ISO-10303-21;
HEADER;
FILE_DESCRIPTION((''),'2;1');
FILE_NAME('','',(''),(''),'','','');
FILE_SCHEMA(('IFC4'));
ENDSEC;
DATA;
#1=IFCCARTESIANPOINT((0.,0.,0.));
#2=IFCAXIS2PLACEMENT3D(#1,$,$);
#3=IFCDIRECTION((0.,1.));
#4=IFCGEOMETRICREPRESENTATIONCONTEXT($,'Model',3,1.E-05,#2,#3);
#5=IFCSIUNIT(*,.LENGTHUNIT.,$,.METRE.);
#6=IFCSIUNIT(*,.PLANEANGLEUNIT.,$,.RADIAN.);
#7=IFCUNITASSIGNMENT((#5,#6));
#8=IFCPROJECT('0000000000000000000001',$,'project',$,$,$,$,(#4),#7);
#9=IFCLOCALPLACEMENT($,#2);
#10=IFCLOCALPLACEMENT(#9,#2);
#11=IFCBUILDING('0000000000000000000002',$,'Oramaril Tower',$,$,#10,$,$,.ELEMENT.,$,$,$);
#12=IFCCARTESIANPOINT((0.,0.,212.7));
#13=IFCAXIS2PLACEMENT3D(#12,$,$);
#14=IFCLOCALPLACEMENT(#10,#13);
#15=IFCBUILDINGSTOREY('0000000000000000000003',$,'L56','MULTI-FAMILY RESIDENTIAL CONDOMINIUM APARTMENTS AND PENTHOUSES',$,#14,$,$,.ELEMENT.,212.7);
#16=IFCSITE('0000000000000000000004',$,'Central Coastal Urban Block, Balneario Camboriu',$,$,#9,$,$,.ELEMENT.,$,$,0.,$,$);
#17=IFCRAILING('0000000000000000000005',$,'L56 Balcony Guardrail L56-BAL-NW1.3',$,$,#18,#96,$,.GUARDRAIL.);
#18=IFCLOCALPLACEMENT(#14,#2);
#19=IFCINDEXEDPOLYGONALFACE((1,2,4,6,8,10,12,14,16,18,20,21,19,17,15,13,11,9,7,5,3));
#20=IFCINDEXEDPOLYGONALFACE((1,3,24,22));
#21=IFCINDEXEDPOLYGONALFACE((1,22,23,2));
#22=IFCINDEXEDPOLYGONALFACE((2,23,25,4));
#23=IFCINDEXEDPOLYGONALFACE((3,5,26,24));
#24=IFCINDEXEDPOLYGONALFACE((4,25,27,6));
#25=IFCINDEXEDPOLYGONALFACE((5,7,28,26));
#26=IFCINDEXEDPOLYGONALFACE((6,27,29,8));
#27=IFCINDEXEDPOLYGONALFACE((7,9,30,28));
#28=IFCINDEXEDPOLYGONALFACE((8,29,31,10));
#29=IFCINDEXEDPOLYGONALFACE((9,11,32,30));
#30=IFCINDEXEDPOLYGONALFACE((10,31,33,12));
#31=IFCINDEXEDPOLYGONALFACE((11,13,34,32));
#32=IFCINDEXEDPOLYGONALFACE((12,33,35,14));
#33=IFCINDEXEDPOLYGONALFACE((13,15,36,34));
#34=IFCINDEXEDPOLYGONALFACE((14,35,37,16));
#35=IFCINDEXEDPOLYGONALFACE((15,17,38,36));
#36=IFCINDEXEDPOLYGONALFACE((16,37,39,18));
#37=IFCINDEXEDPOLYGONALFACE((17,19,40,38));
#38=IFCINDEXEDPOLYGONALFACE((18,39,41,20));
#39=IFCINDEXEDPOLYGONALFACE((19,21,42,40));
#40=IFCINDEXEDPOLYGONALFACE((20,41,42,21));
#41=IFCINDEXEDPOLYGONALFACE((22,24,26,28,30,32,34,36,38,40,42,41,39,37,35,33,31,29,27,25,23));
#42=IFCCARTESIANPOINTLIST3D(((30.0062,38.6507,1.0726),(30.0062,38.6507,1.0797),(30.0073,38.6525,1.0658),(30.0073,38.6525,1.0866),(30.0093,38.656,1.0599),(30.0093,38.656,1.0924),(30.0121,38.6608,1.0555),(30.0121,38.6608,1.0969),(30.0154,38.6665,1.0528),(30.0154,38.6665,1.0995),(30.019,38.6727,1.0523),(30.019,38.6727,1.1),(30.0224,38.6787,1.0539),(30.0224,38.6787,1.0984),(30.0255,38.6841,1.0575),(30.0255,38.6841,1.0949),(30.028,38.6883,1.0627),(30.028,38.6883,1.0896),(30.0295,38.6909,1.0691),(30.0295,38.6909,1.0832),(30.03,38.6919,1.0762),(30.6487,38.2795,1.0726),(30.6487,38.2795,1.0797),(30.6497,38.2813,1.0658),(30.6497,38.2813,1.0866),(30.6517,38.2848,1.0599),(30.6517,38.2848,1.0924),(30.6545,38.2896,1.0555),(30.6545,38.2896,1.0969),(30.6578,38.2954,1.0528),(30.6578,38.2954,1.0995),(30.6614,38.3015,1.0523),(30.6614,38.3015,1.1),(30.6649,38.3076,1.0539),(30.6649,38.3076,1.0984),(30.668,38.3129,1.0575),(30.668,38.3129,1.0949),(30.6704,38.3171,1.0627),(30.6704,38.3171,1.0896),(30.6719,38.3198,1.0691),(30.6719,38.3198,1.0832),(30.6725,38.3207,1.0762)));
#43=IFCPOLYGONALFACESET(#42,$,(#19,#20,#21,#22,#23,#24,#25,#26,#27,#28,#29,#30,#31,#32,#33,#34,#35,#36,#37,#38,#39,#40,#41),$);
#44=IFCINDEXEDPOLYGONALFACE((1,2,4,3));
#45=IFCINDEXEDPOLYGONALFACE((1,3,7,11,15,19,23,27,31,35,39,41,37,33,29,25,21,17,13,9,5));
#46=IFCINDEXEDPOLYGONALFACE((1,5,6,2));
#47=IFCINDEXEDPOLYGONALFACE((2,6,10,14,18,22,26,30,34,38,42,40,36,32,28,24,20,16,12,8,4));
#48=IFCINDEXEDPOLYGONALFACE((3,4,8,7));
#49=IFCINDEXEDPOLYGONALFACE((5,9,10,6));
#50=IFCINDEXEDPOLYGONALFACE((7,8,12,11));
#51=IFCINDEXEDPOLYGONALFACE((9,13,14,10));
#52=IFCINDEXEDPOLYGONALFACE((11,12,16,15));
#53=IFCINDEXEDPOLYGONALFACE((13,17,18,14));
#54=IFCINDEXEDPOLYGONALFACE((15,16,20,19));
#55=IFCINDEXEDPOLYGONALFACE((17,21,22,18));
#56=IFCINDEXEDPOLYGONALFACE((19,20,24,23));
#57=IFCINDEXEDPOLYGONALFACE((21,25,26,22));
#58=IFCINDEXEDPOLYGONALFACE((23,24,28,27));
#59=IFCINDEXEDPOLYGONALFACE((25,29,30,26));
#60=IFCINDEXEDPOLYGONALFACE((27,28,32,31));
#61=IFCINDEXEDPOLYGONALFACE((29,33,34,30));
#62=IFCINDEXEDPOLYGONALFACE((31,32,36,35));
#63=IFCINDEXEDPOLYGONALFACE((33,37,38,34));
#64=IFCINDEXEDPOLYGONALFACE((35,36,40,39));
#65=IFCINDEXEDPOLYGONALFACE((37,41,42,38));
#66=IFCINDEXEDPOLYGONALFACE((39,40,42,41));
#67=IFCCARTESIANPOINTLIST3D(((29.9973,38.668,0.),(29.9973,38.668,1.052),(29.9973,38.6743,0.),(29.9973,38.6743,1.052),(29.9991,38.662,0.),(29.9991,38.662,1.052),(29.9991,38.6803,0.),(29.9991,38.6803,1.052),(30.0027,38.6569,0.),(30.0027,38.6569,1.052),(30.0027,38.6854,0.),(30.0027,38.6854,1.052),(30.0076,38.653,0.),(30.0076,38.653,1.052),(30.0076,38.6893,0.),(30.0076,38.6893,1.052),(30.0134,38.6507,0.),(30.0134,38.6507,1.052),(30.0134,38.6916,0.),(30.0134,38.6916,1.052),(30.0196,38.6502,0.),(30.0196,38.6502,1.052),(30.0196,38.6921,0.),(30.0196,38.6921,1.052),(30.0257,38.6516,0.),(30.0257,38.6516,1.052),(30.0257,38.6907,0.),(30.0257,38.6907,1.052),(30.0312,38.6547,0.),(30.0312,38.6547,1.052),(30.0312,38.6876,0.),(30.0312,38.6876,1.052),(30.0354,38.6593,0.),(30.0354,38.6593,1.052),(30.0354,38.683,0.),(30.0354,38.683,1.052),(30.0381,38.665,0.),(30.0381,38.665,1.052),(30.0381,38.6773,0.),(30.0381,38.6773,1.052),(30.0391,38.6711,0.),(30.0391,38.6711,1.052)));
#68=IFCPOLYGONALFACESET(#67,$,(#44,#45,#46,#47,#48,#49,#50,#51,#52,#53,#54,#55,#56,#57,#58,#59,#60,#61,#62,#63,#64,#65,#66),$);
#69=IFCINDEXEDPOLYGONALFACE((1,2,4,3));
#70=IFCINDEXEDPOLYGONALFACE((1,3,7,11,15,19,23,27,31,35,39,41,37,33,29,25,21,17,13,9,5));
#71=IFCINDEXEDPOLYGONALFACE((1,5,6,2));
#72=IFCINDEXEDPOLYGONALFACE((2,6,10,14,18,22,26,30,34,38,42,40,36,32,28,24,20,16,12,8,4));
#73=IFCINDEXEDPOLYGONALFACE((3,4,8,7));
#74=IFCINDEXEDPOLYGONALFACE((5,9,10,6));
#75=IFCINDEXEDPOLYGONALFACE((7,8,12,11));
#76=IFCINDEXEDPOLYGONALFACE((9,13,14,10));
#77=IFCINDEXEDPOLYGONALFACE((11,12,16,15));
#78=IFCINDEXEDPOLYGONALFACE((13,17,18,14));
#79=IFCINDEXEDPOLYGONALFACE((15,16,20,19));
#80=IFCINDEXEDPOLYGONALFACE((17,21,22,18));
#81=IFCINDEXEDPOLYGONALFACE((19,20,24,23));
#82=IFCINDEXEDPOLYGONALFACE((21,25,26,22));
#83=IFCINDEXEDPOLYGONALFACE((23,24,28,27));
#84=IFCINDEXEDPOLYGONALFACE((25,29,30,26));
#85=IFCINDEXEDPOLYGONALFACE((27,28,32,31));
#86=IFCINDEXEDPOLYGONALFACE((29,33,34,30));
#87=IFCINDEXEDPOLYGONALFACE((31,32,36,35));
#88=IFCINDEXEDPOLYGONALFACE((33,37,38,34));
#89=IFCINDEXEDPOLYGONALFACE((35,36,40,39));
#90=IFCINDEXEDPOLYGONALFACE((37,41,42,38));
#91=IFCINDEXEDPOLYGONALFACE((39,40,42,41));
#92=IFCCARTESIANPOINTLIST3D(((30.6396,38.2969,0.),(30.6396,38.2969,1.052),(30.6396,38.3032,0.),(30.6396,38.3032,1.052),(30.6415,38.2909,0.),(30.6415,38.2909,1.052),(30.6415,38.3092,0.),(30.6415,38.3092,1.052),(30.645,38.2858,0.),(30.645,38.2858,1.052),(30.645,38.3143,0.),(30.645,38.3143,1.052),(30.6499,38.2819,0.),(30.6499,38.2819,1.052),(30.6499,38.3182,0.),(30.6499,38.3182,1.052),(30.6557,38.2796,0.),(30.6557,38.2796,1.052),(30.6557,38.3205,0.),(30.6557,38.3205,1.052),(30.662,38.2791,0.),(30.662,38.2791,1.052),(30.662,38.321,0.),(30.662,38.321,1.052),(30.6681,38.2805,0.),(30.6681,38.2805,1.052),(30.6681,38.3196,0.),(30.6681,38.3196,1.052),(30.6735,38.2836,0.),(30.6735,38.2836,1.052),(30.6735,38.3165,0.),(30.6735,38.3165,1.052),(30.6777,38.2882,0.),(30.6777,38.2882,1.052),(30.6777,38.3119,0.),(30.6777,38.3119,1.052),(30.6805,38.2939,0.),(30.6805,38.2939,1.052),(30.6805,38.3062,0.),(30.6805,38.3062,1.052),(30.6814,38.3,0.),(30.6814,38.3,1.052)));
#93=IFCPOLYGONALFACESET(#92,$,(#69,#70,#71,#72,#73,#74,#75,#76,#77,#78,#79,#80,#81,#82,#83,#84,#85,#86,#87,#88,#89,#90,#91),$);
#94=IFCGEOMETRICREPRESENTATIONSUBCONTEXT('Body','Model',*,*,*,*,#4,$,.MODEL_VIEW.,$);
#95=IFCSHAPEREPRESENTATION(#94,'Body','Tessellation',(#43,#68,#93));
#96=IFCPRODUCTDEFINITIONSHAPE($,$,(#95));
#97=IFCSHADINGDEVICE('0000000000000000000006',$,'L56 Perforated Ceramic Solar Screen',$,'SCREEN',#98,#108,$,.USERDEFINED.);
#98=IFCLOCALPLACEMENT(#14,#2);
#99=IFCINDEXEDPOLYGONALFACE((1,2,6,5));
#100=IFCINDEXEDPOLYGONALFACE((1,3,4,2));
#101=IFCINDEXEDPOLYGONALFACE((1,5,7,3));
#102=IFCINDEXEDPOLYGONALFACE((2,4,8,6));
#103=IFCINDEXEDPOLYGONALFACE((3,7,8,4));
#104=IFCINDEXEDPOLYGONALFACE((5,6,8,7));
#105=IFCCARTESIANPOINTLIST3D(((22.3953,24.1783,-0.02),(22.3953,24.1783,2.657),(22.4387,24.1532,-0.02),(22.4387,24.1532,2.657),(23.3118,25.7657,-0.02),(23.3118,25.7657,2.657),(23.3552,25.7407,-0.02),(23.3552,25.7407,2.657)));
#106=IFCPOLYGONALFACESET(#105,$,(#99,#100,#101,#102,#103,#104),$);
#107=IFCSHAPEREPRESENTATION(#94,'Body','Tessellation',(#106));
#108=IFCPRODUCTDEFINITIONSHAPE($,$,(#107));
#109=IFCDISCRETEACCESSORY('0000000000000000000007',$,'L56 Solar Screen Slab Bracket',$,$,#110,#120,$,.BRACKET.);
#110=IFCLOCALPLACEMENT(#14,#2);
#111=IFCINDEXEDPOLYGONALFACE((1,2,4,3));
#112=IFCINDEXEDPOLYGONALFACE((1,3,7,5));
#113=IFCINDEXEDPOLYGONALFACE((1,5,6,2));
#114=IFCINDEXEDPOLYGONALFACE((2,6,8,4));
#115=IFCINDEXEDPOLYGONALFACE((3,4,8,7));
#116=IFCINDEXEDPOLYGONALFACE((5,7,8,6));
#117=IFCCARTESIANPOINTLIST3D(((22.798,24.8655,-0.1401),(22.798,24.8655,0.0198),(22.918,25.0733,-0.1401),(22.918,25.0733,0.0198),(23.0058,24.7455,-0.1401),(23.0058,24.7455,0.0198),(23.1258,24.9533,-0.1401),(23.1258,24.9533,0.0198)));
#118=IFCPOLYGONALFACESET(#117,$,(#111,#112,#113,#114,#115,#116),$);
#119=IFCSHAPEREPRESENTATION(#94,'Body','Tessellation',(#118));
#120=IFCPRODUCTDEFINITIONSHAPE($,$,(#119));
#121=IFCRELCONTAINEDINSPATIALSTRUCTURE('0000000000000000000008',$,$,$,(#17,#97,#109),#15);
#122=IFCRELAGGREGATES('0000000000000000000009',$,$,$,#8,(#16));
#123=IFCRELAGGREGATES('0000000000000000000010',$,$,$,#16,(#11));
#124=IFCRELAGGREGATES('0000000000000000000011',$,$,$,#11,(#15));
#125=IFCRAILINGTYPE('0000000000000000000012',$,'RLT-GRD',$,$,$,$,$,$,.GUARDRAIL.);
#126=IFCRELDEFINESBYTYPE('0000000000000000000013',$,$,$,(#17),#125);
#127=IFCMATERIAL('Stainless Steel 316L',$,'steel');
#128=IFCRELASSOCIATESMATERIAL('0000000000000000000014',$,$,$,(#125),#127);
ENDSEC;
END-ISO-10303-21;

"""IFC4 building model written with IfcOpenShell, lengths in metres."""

from ifc_helpers import new_model, si_unit, direction, frame, origin, origin_2d, place, context, subcontext, project, spatial, rectangle, circle, extrude, material, type_object, element, save


model = new_model("IFC4")

# Units and contexts
model_context = context("Model", 3, precision=1e-05, world=origin(), true_north=direction((0.0, 1.0)))
body_context = subcontext(model_context, "Body", "Model", "MODEL_VIEW")
ifc_project = project(units=[si_unit("LENGTHUNIT", "METRE"), si_unit("PLANEANGLEUNIT", "RADIAN")], contexts=[model_context])

# Site, building, storey
site_placement = place(None, origin())
site = spatial("IfcSite", under=ifc_project, at=site_placement, Name="Central Coastal Urban Block, Balneario Camboriu", CompositionType="ELEMENT", RefElevation=0.0)
building_placement = place(site_placement, origin())
building = spatial("IfcBuilding", under=site, at=building_placement, Name="Oramaril Tower", CompositionType="ELEMENT")
storey_placement = place(building_placement, frame((0.0, 0.0, 212.7)))
storey = spatial("IfcBuildingStorey", under=building, at=storey_placement, Name="L56", Description="MULTI-FAMILY RESIDENTIAL CONDOMINIUM APARTMENTS AND PENTHOUSES", CompositionType="ELEMENT", Elevation=212.7)

# Railing
ifc_material_1 = material(Name="Stainless Steel 316L", Category="steel")
railing_type = type_object("IfcRailingType", Name="RLT-GRD", PredefinedType="GUARDRAIL", material=ifc_material_1)
railing_1_placement = place(storey_placement, frame((30.0181, 38.6711, 0.0)))
element("IfcRailing", 1, at=railing_1_placement, inside=storey, type_object=railing_type, Name="L56 Balcony Guardrail L56-BAL-NW1.3", PredefinedType="GUARDRAIL", context=body_context, shape_type="SweptSolid", body=[
    extrude(circle(Radius=0.0239, at=origin_2d()), frame((0.0, 0.0, 1.0762), z_axis=(0.865884, -0.500245, 0.0), x_axis=(0.500245, 0.865884, 0.0)), (0.0, 0.0, 1.0), 0.7419),
    extrude(circle(Radius=0.021, at=origin_2d()), origin(), (0.0, 0.0, 1.0), 1.052),
    extrude(circle(Radius=0.021, at=origin_2d()), frame((0.6423, -0.3711, 0.0)), (0.0, 0.0, 1.0), 1.052),
])

# Shading device
shading_device_placement = place(storey_placement, frame((22.8752, 24.9595, -0.02), z_axis=(0.0, 0.0, 1.0), x_axis=(-0.499998, -0.866026, 0.0)))
element("IfcShadingDevice", 2, at=shading_device_placement, inside=storey, Name="L56 Perforated Ceramic Solar Screen", ObjectType="SCREEN", PredefinedType="USERDEFINED", context=body_context, shape_type="SweptSolid", body=[
    extrude(rectangle(XDim=1.833, YDim=0.05, at=origin_2d()), origin(), (0.0, 0.0, 1.0), 2.677),
])

# Discrete accessory
discrete_accessory_placement = place(storey_placement, frame((22.9619, 24.9094, -0.1401), z_axis=(0.0, 0.0, 1.0), x_axis=(-0.499998, -0.866026, 0.0)))
element("IfcDiscreteAccessory", 3, at=discrete_accessory_placement, inside=storey, Name="L56 Solar Screen Slab Bracket", PredefinedType="BRACKET", context=body_context, shape_type="SweptSolid", body=[
    extrude(rectangle(XDim=0.24, YDim=0.24, at=origin_2d()), origin(), (0.0, 0.0, 1.0), 0.1599),
])

save(model, "model.ifc")
